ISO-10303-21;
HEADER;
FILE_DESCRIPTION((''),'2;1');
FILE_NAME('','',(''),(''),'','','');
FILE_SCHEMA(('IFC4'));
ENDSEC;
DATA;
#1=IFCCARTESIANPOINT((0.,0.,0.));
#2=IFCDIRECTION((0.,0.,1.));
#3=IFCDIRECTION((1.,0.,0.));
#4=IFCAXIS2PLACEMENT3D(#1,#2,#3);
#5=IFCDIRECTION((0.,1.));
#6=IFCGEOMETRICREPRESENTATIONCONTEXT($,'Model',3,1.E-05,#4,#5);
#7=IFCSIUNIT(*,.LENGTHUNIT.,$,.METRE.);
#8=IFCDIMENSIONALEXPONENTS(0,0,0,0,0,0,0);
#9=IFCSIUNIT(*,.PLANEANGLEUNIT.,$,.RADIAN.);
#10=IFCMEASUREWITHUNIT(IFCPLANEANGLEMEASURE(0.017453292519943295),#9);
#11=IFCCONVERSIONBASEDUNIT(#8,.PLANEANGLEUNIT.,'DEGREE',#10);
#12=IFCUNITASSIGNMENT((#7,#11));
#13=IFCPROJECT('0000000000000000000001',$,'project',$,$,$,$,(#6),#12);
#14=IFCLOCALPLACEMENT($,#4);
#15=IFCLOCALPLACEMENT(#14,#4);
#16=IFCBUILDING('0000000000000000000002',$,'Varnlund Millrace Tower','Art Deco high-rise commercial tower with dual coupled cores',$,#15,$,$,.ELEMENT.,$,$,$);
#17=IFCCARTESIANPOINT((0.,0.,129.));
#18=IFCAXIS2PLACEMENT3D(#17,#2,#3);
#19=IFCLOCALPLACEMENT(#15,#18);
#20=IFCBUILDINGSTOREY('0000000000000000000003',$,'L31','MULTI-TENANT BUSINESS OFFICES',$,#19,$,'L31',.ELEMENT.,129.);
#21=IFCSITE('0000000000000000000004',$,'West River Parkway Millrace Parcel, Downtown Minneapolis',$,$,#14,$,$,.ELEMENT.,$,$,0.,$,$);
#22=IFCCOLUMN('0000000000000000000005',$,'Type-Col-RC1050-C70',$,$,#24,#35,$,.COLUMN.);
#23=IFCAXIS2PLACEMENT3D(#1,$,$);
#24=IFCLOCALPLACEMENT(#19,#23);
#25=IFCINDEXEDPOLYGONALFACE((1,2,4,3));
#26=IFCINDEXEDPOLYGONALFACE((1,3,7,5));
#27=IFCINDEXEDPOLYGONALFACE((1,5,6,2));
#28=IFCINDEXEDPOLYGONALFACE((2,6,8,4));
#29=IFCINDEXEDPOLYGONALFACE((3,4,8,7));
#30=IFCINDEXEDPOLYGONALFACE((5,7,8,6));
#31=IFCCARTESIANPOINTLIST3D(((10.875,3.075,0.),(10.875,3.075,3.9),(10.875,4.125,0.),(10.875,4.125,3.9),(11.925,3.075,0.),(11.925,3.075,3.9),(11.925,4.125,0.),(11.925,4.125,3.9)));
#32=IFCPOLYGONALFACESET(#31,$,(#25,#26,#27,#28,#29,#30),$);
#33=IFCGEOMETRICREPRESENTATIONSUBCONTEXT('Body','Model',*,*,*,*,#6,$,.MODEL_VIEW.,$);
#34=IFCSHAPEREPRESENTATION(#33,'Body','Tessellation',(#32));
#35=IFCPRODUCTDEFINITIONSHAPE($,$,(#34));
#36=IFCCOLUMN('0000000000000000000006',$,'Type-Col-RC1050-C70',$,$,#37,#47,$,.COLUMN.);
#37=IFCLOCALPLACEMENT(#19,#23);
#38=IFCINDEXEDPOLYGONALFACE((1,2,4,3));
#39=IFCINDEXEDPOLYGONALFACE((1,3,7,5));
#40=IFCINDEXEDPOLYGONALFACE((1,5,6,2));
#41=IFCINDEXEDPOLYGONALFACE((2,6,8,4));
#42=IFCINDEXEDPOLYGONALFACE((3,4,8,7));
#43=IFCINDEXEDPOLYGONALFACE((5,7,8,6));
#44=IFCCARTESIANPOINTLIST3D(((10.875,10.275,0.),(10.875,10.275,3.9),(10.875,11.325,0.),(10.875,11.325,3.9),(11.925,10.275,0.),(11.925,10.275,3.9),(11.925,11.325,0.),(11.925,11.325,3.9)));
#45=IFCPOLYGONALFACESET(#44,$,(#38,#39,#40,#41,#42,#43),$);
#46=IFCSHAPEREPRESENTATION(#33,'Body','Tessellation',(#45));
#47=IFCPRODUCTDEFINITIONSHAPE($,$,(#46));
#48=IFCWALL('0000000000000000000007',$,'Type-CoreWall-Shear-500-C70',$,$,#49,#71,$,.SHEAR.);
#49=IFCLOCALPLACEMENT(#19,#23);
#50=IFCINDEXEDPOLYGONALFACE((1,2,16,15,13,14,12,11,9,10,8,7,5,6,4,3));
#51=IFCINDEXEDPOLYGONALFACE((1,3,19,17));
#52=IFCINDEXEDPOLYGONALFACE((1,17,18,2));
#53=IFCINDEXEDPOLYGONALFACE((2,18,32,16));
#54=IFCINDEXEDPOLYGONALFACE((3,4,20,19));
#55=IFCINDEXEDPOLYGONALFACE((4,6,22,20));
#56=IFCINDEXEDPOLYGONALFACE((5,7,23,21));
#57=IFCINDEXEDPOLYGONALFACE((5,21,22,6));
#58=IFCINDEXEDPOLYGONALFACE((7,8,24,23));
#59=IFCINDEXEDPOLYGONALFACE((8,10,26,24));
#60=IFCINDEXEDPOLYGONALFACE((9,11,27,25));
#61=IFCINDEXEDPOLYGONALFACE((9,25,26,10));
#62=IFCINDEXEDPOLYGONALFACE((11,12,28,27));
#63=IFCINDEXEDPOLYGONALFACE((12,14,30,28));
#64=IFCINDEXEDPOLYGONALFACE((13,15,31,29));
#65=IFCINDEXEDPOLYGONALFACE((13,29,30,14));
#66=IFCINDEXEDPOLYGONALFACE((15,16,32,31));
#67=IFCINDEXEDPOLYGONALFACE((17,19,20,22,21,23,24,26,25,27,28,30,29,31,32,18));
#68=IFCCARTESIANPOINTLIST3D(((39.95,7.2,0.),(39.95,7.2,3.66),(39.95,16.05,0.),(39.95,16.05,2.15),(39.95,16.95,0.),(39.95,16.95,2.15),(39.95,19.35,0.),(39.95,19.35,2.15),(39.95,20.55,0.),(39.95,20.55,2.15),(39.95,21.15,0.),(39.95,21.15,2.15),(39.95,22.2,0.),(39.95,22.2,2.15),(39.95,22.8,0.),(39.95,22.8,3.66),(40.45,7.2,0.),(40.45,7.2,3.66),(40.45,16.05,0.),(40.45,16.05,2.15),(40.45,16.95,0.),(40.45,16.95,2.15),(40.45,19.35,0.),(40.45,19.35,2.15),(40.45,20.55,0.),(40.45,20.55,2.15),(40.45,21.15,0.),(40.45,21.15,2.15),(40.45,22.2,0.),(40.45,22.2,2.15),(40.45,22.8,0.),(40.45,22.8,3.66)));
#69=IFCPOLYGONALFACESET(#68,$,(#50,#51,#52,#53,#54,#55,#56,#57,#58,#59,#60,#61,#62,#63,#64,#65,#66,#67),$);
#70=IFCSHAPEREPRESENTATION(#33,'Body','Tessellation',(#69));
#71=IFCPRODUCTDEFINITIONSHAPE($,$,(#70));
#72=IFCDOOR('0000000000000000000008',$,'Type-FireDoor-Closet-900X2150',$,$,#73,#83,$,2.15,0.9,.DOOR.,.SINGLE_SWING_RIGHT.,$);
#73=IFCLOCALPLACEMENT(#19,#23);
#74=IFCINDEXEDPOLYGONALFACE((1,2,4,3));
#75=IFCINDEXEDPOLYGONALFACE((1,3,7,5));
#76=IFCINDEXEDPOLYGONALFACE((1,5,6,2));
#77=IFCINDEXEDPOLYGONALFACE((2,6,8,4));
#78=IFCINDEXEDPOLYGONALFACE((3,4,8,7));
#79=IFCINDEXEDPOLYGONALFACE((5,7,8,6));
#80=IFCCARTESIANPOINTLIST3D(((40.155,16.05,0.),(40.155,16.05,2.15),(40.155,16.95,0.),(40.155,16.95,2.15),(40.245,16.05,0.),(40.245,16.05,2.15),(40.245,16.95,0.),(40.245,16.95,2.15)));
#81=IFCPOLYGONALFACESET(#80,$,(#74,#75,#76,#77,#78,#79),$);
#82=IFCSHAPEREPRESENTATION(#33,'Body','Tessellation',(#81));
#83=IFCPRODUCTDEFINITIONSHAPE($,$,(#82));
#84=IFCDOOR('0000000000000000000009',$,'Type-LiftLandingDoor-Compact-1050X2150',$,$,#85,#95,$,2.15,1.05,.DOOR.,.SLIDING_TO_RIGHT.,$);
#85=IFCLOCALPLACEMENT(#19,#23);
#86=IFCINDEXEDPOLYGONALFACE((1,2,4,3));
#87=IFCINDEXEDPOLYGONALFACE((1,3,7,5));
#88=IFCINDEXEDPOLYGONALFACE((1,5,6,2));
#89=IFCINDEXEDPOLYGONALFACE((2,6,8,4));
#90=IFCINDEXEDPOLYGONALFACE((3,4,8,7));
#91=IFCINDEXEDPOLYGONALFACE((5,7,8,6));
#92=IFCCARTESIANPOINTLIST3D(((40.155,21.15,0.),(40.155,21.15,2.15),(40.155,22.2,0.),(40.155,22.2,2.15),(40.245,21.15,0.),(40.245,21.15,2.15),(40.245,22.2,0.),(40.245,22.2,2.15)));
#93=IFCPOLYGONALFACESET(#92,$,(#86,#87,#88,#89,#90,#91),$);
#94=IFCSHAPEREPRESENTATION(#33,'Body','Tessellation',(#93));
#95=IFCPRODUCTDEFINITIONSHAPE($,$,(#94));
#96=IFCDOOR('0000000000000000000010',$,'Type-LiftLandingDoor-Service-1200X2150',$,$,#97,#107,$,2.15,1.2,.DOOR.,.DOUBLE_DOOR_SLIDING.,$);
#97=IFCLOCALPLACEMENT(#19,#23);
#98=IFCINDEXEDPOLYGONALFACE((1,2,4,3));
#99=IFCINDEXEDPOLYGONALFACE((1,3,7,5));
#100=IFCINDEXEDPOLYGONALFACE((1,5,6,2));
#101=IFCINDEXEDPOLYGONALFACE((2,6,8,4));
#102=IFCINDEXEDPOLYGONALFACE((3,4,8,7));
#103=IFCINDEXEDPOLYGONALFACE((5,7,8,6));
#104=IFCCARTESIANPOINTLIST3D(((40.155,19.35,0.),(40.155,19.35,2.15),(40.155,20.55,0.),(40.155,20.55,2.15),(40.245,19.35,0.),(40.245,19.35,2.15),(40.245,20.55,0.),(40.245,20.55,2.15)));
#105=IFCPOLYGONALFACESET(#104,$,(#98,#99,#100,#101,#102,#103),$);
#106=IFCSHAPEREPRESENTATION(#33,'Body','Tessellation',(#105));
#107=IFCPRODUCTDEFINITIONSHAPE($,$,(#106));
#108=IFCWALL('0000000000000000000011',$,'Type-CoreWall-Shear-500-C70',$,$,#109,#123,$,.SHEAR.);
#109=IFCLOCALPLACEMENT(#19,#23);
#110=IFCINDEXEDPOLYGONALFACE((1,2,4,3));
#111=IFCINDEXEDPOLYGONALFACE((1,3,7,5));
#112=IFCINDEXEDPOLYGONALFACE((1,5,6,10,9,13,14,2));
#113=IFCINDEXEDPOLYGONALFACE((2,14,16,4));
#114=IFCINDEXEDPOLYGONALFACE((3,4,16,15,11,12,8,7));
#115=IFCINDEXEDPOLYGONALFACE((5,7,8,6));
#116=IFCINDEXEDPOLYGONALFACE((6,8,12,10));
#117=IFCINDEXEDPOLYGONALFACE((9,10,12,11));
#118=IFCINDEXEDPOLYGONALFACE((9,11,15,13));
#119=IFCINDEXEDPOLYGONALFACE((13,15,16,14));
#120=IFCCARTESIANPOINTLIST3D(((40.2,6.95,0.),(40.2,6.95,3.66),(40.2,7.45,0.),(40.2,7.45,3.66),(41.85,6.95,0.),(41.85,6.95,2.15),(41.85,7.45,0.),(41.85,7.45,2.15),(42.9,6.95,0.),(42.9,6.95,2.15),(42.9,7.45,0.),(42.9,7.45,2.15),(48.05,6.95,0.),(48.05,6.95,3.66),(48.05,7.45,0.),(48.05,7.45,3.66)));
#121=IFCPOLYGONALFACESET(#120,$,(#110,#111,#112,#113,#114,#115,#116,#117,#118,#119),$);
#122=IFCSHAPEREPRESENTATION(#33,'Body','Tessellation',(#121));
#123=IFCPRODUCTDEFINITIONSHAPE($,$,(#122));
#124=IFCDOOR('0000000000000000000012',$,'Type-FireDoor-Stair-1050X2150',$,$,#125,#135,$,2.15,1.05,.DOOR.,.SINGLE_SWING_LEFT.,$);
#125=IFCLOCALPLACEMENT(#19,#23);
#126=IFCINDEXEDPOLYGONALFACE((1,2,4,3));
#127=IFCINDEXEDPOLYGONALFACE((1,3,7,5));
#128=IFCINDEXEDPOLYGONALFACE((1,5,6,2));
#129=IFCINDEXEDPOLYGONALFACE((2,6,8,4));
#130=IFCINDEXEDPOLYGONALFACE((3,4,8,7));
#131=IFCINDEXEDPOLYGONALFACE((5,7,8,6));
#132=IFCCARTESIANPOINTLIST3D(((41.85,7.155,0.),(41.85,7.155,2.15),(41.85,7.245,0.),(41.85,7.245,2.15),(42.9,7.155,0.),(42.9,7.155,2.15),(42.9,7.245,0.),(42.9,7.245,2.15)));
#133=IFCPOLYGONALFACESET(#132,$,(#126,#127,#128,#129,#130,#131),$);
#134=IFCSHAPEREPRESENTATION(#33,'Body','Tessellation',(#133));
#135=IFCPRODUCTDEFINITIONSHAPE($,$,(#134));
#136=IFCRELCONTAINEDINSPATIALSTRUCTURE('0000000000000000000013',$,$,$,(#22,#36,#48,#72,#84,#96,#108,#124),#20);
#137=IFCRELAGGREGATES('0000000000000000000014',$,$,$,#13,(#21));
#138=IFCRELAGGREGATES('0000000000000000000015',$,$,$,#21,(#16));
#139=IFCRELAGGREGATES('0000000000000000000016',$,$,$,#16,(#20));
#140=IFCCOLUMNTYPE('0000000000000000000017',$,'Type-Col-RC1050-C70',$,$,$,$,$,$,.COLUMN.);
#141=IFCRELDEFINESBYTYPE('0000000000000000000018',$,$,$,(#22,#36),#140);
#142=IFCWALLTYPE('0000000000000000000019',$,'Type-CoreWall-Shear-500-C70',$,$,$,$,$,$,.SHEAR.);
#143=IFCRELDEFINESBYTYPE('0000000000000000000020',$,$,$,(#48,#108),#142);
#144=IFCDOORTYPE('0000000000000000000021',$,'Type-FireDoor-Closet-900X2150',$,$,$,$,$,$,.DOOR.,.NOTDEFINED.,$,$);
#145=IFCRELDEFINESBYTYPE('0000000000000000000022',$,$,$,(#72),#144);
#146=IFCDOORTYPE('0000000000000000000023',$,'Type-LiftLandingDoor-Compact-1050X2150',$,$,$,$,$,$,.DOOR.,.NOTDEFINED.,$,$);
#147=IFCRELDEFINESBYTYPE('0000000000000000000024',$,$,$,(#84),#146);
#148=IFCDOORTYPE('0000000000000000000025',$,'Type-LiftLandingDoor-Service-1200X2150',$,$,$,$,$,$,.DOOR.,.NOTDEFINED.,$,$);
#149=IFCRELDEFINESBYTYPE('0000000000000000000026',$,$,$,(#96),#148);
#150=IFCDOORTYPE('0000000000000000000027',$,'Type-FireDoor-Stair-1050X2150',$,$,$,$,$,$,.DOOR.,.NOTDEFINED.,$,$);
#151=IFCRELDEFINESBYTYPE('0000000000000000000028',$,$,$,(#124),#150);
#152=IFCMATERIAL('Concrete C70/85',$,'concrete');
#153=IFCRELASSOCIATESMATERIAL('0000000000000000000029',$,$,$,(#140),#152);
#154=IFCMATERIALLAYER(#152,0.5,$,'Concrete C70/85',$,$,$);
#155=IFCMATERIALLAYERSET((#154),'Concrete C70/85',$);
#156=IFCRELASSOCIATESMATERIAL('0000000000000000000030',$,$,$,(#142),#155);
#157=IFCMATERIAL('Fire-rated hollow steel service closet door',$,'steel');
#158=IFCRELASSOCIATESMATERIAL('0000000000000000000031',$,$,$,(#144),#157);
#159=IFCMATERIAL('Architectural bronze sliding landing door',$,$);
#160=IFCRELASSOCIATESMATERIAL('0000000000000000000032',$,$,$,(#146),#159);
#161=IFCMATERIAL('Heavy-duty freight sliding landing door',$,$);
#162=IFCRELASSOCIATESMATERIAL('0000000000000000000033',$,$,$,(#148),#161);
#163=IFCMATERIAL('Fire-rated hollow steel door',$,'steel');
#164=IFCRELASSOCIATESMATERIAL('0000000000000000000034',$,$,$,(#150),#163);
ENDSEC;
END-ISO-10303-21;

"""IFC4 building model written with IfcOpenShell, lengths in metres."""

from ifc_helpers import new_model, entity, si_unit, converted_unit, direction, frame, origin_with_axes, origin_2d_with_axis, place, context, subcontext, project, spatial, polyline, rectangle, outline, extrude, material, layer, layer_set, material_profile, profile_set, type_object, element, fill, save


model = new_model("IFC4")

# Units and contexts
model_context = context("Model", 3, precision=1e-05, world=origin_with_axes(), true_north=direction((0.0, 1.0)))
body_context = subcontext(model_context, "Body", "Model", "MODEL_VIEW")
ifc_project = project(units=[si_unit("LENGTHUNIT", "METRE"), converted_unit("PLANEANGLEUNIT", "DEGREE", entity("IfcPlaneAngleMeasure", 0.017453292519943295), si_unit("PLANEANGLEUNIT", "RADIAN"), dimensions=[0, 0, 0, 0, 0, 0, 0])], contexts=[model_context])

# Site, building, storey
site_placement = place(None, origin_with_axes())
site = spatial("IfcSite", under=ifc_project, at=site_placement, Name="West River Parkway Millrace Parcel, Downtown Minneapolis", CompositionType="ELEMENT", RefElevation=0.0)
building_placement = place(site_placement, origin_with_axes())
building = spatial("IfcBuilding", under=site, at=building_placement, Name="Varnlund Millrace Tower", Description="Art Deco high-rise commercial tower with dual coupled cores", CompositionType="ELEMENT")
storey_placement = place(building_placement, frame((0.0, 0.0, 129.0), z_axis=(0.0, 0.0, 1.0), x_axis=(1.0, 0.0, 0.0)))
storey = spatial("IfcBuildingStorey", under=building, at=storey_placement, Name="L31", Description="MULTI-TENANT BUSINESS OFFICES", LongName="L31", CompositionType="ELEMENT", Elevation=129.0)

# Columns
ifc_material_1 = material(Name="Concrete C70/85", Category="concrete")
ifc_material_profile = material_profile(ifc_material_1, rectangle(XDim=1.05, YDim=1.05, at=origin_2d_with_axis()), Name="Concrete C70/85")
ifc_profile_set = profile_set([ifc_material_profile], Name="Concrete C70/85")
column_type = type_object("IfcColumnType", Name="Type-Col-RC1050-C70", PredefinedType="COLUMN", material=ifc_profile_set)
for number, where, z_axis, x_axis, name in (
    (1, (11.4, 3.6, 0.0), (0.0, 0.0, 1.0), (1.0, 0.0, 0.0), "Type-Col-RC1050-C70"),
    (2, (11.4, 10.8, 0.0), (0.0, 0.0, 1.0), (1.0, 0.0, 0.0), "Type-Col-RC1050-C70"),
):
    element("IfcColumn", number, at=place(storey_placement, frame(where, z_axis=z_axis, x_axis=x_axis)), inside=storey, type_object=column_type, Name=name, PredefinedType="COLUMN", context=body_context, shape_type="SweptSolid", body=[
        extrude(rectangle(XDim=1.05, YDim=1.05, at=origin_2d_with_axis()), origin_with_axes(), (0.0, 0.0, 1.0), 3.9),
    ])

# Wall, openings, doors
ifc_layer_1 = layer(ifc_material_1, 0.5, Name="Concrete C70/85")
ifc_layer_set_1 = layer_set([ifc_layer_1], Name="Concrete C70/85")
wall_type_1 = type_object("IfcWallType", Name="Type-CoreWall-Shear-500-C70", PredefinedType="SHEAR", material=ifc_layer_set_1)
wall_1_placement = place(storey_placement, frame((40.2, 7.2, 0.0), z_axis=(0.0, 0.0, 1.0), x_axis=(0.0, 1.0, 0.0)))
wall_1 = element("IfcWall", 3, at=wall_1_placement, inside=storey, type_object=wall_type_1, Name="Type-CoreWall-Shear-500-C70", PredefinedType="SHEAR", context=body_context, shape_type="SweptSolid", body=[
    extrude(outline(polyline([(0.0, -0.25), (15.6, -0.25), (15.6, 0.25), (0.0, 0.25), (0.0, -0.25)])), origin_with_axes(), (0.0, 0.0, 1.0), 3.66),
])
opening_1_placement = place(wall_1_placement, frame((14.475, 0.0, 0.0), z_axis=(0.0, 0.0, 1.0), x_axis=(1.0, 0.0, 0.0)))
opening_1 = element("IfcOpeningElement", 4, at=opening_1_placement, cuts=wall_1, PredefinedType="OPENING", context=body_context, shape_type="SweptSolid", body=[
    extrude(rectangle(XDim=1.05, YDim=0.52, at=origin_2d_with_axis()), origin_with_axes(), (0.0, 0.0, 1.0), 2.15),
])
opening_2_placement = place(wall_1_placement, frame((12.75, 0.0, 0.0), z_axis=(0.0, 0.0, 1.0), x_axis=(1.0, 0.0, 0.0)))
opening_2 = element("IfcOpeningElement", 5, at=opening_2_placement, cuts=wall_1, PredefinedType="OPENING", context=body_context, shape_type="SweptSolid", body=[
    extrude(rectangle(XDim=1.2, YDim=0.52, at=origin_2d_with_axis()), origin_with_axes(), (0.0, 0.0, 1.0), 2.15),
])
opening_3_placement = place(wall_1_placement, frame((9.3, 0.0, 0.0), z_axis=(0.0, 0.0, 1.0), x_axis=(1.0, 0.0, 0.0)))
opening_3 = element("IfcOpeningElement", 6, at=opening_3_placement, cuts=wall_1, PredefinedType="OPENING", context=body_context, shape_type="SweptSolid", body=[
    extrude(rectangle(XDim=0.9, YDim=0.52, at=origin_2d_with_axis()), origin_with_axes(), (0.0, 0.0, 1.0), 2.15),
])
ifc_material_2 = material(Name="Fire-rated hollow steel service closet door", Category="steel")
door_type_1 = type_object("IfcDoorType", Name="Type-FireDoor-Closet-900X2150", OperationType="NOTDEFINED", PredefinedType="DOOR", material=ifc_material_2)
door_1_placement = place(wall_1_placement, frame((9.3, 0.0, 0.0), z_axis=(0.0, 0.0, 1.0), x_axis=(1.0, 0.0, 0.0)))
door_1 = element("IfcDoor", 7, at=door_1_placement, inside=storey, type_object=door_type_1, Name="Type-FireDoor-Closet-900X2150", OperationType="SINGLE_SWING_RIGHT", OverallHeight=2.15, OverallWidth=0.9, PredefinedType="DOOR", context=body_context, shape_type="SweptSolid", body=[
    extrude(rectangle(XDim=0.9, YDim=0.09, at=origin_2d_with_axis()), origin_with_axes(), (0.0, 0.0, 1.0), 2.15),
])
fill(opening_3, door_1)
ifc_material_3 = material(Name="Architectural bronze sliding landing door")
door_type_2 = type_object("IfcDoorType", Name="Type-LiftLandingDoor-Compact-1050X2150", OperationType="NOTDEFINED", PredefinedType="DOOR", material=ifc_material_3)
door_2_placement = place(wall_1_placement, frame((14.475, 0.0, 0.0), z_axis=(0.0, 0.0, 1.0), x_axis=(1.0, 0.0, 0.0)))
door_2 = element("IfcDoor", 8, at=door_2_placement, inside=storey, type_object=door_type_2, Name="Type-LiftLandingDoor-Compact-1050X2150", OperationType="SLIDING_TO_RIGHT", OverallHeight=2.15, OverallWidth=1.05, PredefinedType="DOOR", context=body_context, shape_type="SweptSolid", body=[
    extrude(rectangle(XDim=1.05, YDim=0.09, at=origin_2d_with_axis()), origin_with_axes(), (0.0, 0.0, 1.0), 2.15),
])
fill(opening_1, door_2)
ifc_material_4 = material(Name="Heavy-duty freight sliding landing door")
door_type_3 = type_object("IfcDoorType", Name="Type-LiftLandingDoor-Service-1200X2150", OperationType="NOTDEFINED", PredefinedType="DOOR", material=ifc_material_4)
door_3_placement = place(wall_1_placement, frame((12.75, 0.0, 0.0), z_axis=(0.0, 0.0, 1.0), x_axis=(1.0, 0.0, 0.0)))
door_3 = element("IfcDoor", 9, at=door_3_placement, inside=storey, type_object=door_type_3, Name="Type-LiftLandingDoor-Service-1200X2150", OperationType="DOUBLE_DOOR_SLIDING", OverallHeight=2.15, OverallWidth=1.2, PredefinedType="DOOR", context=body_context, shape_type="SweptSolid", body=[
    extrude(rectangle(XDim=1.2, YDim=0.09, at=origin_2d_with_axis()), origin_with_axes(), (0.0, 0.0, 1.0), 2.15),
])
fill(opening_2, door_3)

# Wall, opening, door
wall_2_placement = place(storey_placement, frame((40.2, 7.2, 0.0), z_axis=(0.0, 0.0, 1.0), x_axis=(1.0, 0.0, 0.0)))
wall_2 = element("IfcWall", 10, at=wall_2_placement, inside=storey, type_object=wall_type_1, Name="Type-CoreWall-Shear-500-C70", PredefinedType="SHEAR", context=body_context, shape_type="SweptSolid", body=[
    extrude(outline(polyline([(0.0, -0.25), (7.85, -0.25), (7.85, 0.25), (0.0, 0.25), (0.0, -0.25)])), origin_with_axes(), (0.0, 0.0, 1.0), 3.66),
])
opening_4_placement = place(wall_2_placement, frame((2.175, 0.0, 0.0), z_axis=(0.0, 0.0, 1.0), x_axis=(1.0, 0.0, 0.0)))
opening_4 = element("IfcOpeningElement", 11, at=opening_4_placement, cuts=wall_2, PredefinedType="OPENING", context=body_context, shape_type="SweptSolid", body=[
    extrude(rectangle(XDim=1.05, YDim=0.52, at=origin_2d_with_axis()), origin_with_axes(), (0.0, 0.0, 1.0), 2.15),
])
ifc_material_5 = material(Name="Fire-rated hollow steel door", Category="steel")
door_type_4 = type_object("IfcDoorType", Name="Type-FireDoor-Stair-1050X2150", OperationType="NOTDEFINED", PredefinedType="DOOR", material=ifc_material_5)
door_4_placement = place(wall_2_placement, frame((2.175, 0.0, 0.0), z_axis=(0.0, 0.0, 1.0), x_axis=(1.0, 0.0, 0.0)))
door_4 = element("IfcDoor", 12, at=door_4_placement, inside=storey, type_object=door_type_4, Name="Type-FireDoor-Stair-1050X2150", OperationType="SINGLE_SWING_LEFT", OverallHeight=2.15, OverallWidth=1.05, PredefinedType="DOOR", context=body_context, shape_type="SweptSolid", body=[
    extrude(rectangle(XDim=1.05, YDim=0.09, at=origin_2d_with_axis()), origin_with_axes(), (0.0, 0.0, 1.0), 2.15),
])
fill(opening_4, door_4)

save(model, "model.ifc")
